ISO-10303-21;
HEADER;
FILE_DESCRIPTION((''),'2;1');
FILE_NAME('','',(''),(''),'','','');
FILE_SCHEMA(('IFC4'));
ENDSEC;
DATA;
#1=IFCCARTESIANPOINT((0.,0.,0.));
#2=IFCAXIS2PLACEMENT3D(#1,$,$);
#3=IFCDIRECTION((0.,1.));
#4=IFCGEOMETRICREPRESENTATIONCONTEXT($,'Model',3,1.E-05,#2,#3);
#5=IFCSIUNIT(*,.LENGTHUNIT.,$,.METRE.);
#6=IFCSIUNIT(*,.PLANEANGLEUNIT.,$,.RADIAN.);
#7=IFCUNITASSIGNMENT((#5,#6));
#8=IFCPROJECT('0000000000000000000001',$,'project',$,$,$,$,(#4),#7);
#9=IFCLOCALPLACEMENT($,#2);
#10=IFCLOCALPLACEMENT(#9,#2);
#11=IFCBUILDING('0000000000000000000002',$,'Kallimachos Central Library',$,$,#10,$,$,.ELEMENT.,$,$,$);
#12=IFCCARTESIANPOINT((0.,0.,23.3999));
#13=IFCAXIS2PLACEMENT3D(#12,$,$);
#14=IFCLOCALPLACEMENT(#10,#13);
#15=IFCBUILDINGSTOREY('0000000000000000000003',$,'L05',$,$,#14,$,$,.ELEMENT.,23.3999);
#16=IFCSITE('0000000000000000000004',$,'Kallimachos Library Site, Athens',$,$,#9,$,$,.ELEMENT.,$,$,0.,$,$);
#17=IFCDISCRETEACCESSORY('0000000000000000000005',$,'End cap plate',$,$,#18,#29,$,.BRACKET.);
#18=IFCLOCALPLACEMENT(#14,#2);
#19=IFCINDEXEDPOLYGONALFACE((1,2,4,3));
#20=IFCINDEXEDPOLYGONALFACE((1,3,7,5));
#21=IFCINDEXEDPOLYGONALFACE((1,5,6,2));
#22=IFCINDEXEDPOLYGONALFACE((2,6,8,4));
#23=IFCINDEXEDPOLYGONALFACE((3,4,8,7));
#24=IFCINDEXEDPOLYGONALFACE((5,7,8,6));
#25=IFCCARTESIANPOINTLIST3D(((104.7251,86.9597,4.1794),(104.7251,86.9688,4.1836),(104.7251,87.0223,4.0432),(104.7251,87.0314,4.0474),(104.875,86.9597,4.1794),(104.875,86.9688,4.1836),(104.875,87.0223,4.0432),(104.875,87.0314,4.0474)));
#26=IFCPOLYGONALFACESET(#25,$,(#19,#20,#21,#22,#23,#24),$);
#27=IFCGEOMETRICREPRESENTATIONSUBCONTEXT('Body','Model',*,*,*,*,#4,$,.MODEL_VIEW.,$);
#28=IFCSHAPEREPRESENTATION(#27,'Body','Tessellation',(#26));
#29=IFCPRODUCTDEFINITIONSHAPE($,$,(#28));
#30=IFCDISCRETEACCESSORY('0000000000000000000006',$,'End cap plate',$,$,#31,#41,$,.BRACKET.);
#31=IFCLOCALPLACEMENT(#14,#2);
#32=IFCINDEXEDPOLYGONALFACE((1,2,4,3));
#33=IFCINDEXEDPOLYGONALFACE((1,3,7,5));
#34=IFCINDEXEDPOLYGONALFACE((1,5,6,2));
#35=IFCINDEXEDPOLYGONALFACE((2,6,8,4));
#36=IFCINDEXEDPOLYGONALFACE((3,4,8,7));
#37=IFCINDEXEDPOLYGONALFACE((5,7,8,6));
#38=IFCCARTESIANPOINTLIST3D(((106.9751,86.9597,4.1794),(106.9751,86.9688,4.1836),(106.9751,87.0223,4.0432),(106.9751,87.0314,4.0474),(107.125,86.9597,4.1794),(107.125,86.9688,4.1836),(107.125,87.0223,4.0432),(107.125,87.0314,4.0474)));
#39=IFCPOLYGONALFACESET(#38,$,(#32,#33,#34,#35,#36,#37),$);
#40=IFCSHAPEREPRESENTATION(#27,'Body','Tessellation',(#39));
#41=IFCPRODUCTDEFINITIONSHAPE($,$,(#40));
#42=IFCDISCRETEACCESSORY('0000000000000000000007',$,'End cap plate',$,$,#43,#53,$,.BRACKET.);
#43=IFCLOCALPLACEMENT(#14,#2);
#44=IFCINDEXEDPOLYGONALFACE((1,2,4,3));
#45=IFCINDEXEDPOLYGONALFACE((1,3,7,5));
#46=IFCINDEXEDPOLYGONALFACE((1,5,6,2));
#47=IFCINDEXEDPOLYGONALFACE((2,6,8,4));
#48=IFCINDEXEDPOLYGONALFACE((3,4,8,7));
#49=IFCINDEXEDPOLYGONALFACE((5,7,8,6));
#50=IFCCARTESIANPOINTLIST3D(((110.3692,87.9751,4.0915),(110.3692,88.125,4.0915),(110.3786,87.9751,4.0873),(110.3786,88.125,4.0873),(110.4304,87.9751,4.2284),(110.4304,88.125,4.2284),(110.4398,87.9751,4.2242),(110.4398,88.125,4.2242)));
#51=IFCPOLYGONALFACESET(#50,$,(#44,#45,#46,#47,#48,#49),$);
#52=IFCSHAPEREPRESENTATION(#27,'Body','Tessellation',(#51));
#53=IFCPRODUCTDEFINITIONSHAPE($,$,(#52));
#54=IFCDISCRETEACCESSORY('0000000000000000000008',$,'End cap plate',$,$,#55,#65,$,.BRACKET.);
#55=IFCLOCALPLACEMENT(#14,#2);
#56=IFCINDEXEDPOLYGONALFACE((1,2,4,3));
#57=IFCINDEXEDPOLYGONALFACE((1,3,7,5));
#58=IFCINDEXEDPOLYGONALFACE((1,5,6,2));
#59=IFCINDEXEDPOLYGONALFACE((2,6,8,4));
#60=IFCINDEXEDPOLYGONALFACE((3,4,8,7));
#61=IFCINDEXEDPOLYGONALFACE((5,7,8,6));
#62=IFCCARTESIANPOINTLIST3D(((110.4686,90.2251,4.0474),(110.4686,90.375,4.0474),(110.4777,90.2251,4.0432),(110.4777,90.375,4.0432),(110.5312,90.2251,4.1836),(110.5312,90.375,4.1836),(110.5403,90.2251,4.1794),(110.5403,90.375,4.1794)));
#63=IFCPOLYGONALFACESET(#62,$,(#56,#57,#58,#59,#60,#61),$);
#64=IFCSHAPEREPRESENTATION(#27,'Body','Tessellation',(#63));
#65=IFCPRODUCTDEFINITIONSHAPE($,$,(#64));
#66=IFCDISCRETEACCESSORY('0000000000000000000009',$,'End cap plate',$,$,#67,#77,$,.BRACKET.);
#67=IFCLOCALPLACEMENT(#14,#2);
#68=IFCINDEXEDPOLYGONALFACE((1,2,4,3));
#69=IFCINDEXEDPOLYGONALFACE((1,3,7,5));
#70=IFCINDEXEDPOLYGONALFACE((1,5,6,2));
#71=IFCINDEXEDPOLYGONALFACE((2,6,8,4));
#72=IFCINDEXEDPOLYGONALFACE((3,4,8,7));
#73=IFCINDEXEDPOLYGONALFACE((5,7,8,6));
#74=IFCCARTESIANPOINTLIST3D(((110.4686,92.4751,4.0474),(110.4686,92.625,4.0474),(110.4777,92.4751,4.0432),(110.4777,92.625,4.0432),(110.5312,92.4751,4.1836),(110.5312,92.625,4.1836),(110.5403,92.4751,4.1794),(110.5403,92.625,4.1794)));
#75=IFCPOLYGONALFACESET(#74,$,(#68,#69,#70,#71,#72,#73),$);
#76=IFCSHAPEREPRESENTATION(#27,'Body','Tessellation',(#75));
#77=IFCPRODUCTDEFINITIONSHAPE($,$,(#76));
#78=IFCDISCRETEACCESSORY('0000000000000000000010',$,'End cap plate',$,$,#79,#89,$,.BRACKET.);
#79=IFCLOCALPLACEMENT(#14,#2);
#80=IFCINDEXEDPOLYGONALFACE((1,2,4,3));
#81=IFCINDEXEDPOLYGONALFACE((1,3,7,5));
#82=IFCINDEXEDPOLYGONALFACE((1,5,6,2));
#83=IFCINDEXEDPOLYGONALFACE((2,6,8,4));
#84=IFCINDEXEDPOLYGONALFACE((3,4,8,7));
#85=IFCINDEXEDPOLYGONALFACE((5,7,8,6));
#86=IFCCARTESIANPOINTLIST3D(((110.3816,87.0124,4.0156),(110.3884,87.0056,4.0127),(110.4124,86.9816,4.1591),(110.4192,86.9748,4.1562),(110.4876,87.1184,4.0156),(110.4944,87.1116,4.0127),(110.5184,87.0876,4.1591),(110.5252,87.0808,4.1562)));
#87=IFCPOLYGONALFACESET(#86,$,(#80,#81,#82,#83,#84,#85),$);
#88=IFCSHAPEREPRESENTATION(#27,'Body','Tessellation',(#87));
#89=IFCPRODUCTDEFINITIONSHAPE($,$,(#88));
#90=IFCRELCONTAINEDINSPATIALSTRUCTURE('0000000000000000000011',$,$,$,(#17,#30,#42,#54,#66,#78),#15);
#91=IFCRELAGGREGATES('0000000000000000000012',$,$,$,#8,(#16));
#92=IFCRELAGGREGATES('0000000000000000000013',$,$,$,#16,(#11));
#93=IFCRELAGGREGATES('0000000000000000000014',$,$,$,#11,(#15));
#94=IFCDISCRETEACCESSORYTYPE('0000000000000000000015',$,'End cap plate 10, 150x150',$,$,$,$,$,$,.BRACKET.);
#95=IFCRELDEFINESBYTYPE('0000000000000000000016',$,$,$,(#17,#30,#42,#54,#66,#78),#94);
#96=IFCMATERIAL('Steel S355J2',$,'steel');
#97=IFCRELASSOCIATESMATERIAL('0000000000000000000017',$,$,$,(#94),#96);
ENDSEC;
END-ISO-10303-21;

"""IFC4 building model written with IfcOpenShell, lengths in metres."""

from ifc_helpers import new_model, si_unit, direction, frame, origin, origin_2d, place, context, subcontext, project, spatial, rectangle, extrude, material, material_profile, profile_set, type_object, element, save


model = new_model("IFC4")

# Units and contexts
model_context = context("Model", 3, precision=1e-05, world=origin(), true_north=direction((0.0, 1.0)))
body_context = subcontext(model_context, "Body", "Model", "MODEL_VIEW")
ifc_project = project(units=[si_unit("LENGTHUNIT", "METRE"), si_unit("PLANEANGLEUNIT", "RADIAN")], contexts=[model_context])

# Site, building, storey
site_placement = place(None, origin())
site = spatial("IfcSite", under=ifc_project, at=site_placement, Name="Kallimachos Library Site, Athens", CompositionType="ELEMENT", RefElevation=0.0)
building_placement = place(site_placement, origin())
building = spatial("IfcBuilding", under=site, at=building_placement, Name="Kallimachos Central Library", CompositionType="ELEMENT")
storey_placement = place(building_placement, frame((0.0, 0.0, 23.3999)))
storey = spatial("IfcBuildingStorey", under=building, at=storey_placement, Name="L05", CompositionType="ELEMENT", Elevation=23.3999)

# Discrete accessories
ifc_material_1 = material(Name="Steel S355J2", Category="steel")
ifc_material_profile_1 = material_profile(ifc_material_1, rectangle(XDim=0.1499, YDim=0.1499, at=origin_2d()), Name="End cap plate 10, 150x150")
ifc_profile_set_1 = profile_set([ifc_material_profile_1], Name="Steel S355J2")
discrete_accessory_type = type_object("IfcDiscreteAccessoryType", Name="End cap plate 10, 150x150", PredefinedType="BRACKET", material=ifc_profile_set_1)
for number, where, z_axis, x_axis, name in (
    (1, (104.8, 86.991, 4.1113), (0.0, 0.908677, 0.4175), (-1.0, 0.0, 0.0), "End cap plate"),
    (2, (107.05, 86.991, 4.1113), (0.0, 0.908677, 0.4175), (-1.0, 0.0, 0.0), "End cap plate"),
):
    element("IfcDiscreteAccessory", number, at=place(storey_placement, frame(where, z_axis=z_axis, x_axis=x_axis)), inside=storey, type_object=discrete_accessory_type, Name=name, PredefinedType="BRACKET", context=body_context, shape_type="SweptSolid", body=[
        extrude(rectangle(XDim=0.1499, YDim=0.1499, at=origin_2d()), origin(), (0.0, 0.0, 1.0), 0.01),
    ])
discrete_accessory_1_placement = place(storey_placement, frame((110.4092, 88.05, 4.1558), z_axis=(-0.912818, 0.0, 0.408366), x_axis=(0.0, -1.0, 0.0)))
element("IfcDiscreteAccessory", 3, at=discrete_accessory_1_placement, inside=storey, type_object=discrete_accessory_type, Name="End cap plate", PredefinedType="BRACKET", context=body_context, shape_type="SweptSolid", body=[
    extrude(rectangle(XDim=0.1499, YDim=0.1499, at=origin_2d()), origin(), (0.0, 0.0, 1.0), 0.0103),
])
for number, where, z_axis, x_axis, name in (
    (4, (110.509, 90.3, 4.1113), (-0.908677, 0.0, 0.4175), (0.0, -1.0, 0.0), "End cap plate"),
    (5, (110.509, 92.55, 4.1113), (-0.908677, 0.0, 0.4175), (0.0, -1.0, 0.0), "End cap plate"),
    (6, (110.4568, 87.0432, 4.0845), (-0.676716, 0.676716, 0.290021), (-0.707107, -0.707107, 0.0), "End cap plate"),
):
    element("IfcDiscreteAccessory", number, at=place(storey_placement, frame(where, z_axis=z_axis, x_axis=x_axis)), inside=storey, type_object=discrete_accessory_type, Name=name, PredefinedType="BRACKET", context=body_context, shape_type="SweptSolid", body=[
        extrude(rectangle(XDim=0.1499, YDim=0.1499, at=origin_2d()), origin(), (0.0, 0.0, 1.0), 0.01),
    ])

save(model, "model.ifc")
